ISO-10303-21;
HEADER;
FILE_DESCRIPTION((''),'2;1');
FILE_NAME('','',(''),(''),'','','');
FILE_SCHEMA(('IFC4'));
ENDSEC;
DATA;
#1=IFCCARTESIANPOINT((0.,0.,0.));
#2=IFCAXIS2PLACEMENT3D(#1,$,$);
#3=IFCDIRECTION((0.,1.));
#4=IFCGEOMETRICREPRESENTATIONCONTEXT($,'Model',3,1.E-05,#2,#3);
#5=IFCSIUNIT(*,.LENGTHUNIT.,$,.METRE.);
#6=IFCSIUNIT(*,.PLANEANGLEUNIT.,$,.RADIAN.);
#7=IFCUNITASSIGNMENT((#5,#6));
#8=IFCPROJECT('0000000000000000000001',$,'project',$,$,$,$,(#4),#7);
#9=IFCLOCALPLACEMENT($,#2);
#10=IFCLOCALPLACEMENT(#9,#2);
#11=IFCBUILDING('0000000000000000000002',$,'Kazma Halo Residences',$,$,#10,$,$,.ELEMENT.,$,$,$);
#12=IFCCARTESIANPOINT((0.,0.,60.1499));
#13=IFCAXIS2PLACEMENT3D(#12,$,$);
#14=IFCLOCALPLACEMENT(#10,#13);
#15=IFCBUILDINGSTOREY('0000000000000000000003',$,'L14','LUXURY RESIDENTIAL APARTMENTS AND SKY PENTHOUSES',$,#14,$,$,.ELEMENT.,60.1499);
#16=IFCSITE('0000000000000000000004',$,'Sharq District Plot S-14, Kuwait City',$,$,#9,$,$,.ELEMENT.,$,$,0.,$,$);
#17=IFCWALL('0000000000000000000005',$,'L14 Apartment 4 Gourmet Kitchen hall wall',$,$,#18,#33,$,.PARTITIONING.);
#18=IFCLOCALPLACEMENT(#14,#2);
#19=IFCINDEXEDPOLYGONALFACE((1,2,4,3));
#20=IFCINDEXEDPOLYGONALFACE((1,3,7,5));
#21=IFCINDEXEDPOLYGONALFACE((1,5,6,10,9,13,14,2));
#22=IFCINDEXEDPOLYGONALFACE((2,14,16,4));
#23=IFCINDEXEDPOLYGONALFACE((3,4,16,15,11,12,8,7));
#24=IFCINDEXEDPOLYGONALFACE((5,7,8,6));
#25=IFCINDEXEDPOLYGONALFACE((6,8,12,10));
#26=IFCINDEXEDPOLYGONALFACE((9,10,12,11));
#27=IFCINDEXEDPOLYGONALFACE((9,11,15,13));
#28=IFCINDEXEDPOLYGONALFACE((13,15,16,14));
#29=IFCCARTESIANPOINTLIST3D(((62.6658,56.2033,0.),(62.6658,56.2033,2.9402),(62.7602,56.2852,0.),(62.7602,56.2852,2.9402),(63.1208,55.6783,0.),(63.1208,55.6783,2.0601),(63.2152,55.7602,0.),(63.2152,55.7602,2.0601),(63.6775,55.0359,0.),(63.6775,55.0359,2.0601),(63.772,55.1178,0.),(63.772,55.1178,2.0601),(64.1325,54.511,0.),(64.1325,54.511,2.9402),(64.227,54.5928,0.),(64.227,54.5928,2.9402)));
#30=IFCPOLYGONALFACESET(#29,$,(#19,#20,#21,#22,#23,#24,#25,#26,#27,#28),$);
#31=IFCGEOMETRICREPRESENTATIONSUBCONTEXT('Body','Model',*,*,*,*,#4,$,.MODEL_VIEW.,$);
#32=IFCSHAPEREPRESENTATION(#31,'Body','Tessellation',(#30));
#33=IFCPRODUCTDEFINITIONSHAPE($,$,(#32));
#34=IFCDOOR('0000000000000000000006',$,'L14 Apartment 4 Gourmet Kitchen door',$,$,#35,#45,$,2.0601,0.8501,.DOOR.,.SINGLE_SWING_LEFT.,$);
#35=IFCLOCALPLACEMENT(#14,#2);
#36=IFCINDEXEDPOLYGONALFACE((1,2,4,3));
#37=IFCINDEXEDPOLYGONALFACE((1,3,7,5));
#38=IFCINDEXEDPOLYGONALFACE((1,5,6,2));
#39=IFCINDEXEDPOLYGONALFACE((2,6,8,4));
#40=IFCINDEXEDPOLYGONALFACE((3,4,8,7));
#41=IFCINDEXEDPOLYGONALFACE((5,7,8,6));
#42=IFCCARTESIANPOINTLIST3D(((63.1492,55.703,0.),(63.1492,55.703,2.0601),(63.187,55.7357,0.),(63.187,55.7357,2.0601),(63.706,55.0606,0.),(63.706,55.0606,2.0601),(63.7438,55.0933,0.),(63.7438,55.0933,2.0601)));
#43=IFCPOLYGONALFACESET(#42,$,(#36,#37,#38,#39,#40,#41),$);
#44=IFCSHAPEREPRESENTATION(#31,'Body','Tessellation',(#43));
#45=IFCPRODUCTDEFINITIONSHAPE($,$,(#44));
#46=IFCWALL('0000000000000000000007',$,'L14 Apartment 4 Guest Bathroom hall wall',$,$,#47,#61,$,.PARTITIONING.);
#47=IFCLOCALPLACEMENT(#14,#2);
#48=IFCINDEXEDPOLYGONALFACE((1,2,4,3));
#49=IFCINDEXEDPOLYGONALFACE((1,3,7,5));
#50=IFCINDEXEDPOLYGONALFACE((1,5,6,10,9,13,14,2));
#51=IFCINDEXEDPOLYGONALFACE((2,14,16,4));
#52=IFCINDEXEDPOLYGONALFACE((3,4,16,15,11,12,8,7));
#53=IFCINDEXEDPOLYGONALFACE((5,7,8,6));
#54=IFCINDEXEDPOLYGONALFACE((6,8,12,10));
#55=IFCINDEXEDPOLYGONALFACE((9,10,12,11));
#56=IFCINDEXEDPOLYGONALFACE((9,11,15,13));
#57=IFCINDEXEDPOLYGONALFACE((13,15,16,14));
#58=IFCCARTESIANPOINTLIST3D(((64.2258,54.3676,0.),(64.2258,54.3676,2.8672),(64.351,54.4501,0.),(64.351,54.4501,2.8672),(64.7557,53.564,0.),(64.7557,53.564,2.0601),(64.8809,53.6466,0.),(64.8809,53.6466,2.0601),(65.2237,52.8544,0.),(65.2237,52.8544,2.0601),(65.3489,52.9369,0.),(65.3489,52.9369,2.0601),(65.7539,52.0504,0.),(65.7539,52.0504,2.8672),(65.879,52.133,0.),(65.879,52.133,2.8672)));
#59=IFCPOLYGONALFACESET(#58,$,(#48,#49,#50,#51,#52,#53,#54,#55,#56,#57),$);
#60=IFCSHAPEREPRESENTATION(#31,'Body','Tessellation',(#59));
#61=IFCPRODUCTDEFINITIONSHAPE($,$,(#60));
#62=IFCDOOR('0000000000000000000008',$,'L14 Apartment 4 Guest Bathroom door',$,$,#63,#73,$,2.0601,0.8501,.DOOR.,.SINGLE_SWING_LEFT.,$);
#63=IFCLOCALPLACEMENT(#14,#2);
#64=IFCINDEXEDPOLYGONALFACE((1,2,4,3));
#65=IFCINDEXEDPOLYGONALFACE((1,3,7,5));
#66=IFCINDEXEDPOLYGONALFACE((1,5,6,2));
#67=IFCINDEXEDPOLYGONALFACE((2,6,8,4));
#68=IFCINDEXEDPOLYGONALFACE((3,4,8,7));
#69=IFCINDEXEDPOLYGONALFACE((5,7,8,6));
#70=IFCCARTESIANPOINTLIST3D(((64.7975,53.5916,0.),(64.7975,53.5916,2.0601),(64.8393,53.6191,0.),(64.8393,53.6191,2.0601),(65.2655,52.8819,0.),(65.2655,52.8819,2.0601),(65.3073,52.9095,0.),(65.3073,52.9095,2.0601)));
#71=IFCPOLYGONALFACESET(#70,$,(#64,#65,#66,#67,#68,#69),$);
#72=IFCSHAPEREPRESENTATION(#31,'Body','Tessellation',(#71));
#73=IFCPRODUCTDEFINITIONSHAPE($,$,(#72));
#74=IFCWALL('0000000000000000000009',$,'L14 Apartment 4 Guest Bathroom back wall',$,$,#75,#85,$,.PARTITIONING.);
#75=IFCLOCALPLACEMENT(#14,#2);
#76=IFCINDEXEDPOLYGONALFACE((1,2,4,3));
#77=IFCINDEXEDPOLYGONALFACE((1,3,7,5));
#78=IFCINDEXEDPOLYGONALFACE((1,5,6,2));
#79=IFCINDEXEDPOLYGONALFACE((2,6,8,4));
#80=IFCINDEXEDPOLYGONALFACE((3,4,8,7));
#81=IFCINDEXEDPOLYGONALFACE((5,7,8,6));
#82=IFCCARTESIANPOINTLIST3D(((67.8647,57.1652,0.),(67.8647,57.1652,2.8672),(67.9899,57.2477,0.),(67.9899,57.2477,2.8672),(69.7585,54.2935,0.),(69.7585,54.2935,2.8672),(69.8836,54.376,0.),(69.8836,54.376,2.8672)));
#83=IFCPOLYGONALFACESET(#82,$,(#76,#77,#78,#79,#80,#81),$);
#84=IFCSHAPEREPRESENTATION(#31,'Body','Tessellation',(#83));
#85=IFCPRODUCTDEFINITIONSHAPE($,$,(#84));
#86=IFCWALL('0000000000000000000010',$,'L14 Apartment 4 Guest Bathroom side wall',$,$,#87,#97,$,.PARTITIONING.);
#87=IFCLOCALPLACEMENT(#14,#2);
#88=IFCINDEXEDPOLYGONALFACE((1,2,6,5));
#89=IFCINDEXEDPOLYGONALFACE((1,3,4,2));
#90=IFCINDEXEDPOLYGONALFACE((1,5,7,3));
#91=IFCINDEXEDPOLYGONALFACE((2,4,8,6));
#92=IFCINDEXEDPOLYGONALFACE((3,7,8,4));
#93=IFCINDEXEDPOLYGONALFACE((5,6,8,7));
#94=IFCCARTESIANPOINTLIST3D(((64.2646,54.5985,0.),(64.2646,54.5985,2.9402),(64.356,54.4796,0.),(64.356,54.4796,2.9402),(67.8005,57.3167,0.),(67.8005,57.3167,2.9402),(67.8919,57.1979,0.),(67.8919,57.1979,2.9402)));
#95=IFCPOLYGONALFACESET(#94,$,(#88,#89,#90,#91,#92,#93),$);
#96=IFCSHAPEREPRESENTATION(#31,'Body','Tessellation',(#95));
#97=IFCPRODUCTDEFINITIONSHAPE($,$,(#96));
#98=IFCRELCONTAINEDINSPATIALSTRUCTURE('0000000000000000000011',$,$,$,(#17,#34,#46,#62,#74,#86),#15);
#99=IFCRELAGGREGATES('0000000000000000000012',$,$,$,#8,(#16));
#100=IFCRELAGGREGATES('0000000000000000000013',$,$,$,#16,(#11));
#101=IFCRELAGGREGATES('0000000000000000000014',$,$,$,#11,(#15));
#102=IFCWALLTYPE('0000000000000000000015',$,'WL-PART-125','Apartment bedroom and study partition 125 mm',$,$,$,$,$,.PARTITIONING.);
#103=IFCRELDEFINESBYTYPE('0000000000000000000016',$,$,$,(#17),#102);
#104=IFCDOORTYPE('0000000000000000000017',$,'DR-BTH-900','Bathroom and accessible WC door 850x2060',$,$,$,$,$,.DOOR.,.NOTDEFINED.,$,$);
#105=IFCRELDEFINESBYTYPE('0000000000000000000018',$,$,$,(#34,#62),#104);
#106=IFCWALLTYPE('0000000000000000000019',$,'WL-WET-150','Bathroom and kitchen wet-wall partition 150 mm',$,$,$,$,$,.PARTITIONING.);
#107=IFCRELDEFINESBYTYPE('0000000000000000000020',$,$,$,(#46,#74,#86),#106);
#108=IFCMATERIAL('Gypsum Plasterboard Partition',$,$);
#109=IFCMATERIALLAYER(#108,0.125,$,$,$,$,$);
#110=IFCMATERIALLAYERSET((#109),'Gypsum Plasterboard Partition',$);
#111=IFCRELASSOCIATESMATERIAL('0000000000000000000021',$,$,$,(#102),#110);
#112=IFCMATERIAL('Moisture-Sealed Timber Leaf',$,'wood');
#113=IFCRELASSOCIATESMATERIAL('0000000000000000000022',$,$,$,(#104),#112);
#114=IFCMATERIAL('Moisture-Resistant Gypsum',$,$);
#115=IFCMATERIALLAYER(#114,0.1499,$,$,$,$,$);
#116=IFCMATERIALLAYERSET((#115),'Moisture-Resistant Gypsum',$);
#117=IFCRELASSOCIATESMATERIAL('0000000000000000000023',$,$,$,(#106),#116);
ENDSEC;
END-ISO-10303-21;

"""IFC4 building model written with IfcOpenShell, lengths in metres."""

from ifc_helpers import new_model, si_unit, direction, frame, frame_2d, origin, place, context, subcontext, project, spatial, rectangle, extrude, material, layer, layer_set, type_object, element, fill, save


model = new_model("IFC4")

# Units and contexts
model_context = context("Model", 3, precision=1e-05, world=origin(), true_north=direction((0.0, 1.0)))
body_context = subcontext(model_context, "Body", "Model", "MODEL_VIEW")
ifc_project = project(units=[si_unit("LENGTHUNIT", "METRE"), si_unit("PLANEANGLEUNIT", "RADIAN")], contexts=[model_context])

# Site, building, storey
site_placement = place(None, origin())
site = spatial("IfcSite", under=ifc_project, at=site_placement, Name="Sharq District Plot S-14, Kuwait City", CompositionType="ELEMENT", RefElevation=0.0)
building_placement = place(site_placement, origin())
building = spatial("IfcBuilding", under=site, at=building_placement, Name="Kazma Halo Residences", CompositionType="ELEMENT")
storey_placement = place(building_placement, frame((0.0, 0.0, 60.1499)))
storey = spatial("IfcBuildingStorey", under=building, at=storey_placement, Name="L14", Description="LUXURY RESIDENTIAL APARTMENTS AND SKY PENTHOUSES", CompositionType="ELEMENT", Elevation=60.1499)

# Shared definitions
ifc_material_1 = material(Name="Gypsum Plasterboard Partition")
ifc_layer_1 = layer(ifc_material_1, 0.125)
ifc_layer_set_1 = layer_set([ifc_layer_1], Name="Gypsum Plasterboard Partition")
wall_type_1 = type_object("IfcWallType", Name="WL-PART-125", Description="Apartment bedroom and study partition 125 mm", PredefinedType="PARTITIONING", material=ifc_layer_set_1)

# Walls, openings, doors
ifc_material_2 = material(Name="Moisture-Sealed Timber Leaf", Category="wood")
door_type = type_object("IfcDoorType", Name="DR-BTH-900", Description="Bathroom and accessible WC door 850x2060", OperationType="NOTDEFINED", PredefinedType="DOOR", material=ifc_material_2)
wall_1_placement = place(storey_placement, frame((64.1797, 54.552, 0.0), z_axis=(0.0, 0.0, 1.0), x_axis=(-0.654947, 0.755675, 0.0)))
wall_1 = element("IfcWall", 1, at=wall_1_placement, inside=storey, type_object=wall_type_1, Name="L14 Apartment 4 Gourmet Kitchen hall wall", PredefinedType="PARTITIONING", context=body_context, shape_type="SweptSolid", body=[
    extrude(rectangle(XDim=2.2395, YDim=0.125, at=frame_2d((1.1196, 0.0))), origin(), (0.0, 0.0, 1.0), 2.9402),
])
opening_1_placement = place(wall_1_placement, frame((0.6946, 0.0, 0.0)))
opening_1 = element("IfcOpeningElement", 2, at=opening_1_placement, cuts=wall_1, PredefinedType="OPENING", context=body_context, shape_type="SweptSolid", body=[
    extrude(rectangle(XDim=0.8501, YDim=2.0601, at=frame_2d((0.425, 1.03))), frame((0.0, 0.0725, 0.0), z_axis=(0.0, -1.0, 0.0), x_axis=(1.0, 0.0, 0.0)), (0.0, 0.0, 1.0), 0.145),
])
door_1_placement = place(opening_1_placement, origin())
door_1 = element("IfcDoor", 3, at=door_1_placement, inside=storey, type_object=door_type, Name="L14 Apartment 4 Gourmet Kitchen door", OperationType="SINGLE_SWING_LEFT", OverallHeight=2.0601, OverallWidth=0.8501, PredefinedType="DOOR", context=body_context, shape_type="SweptSolid", body=[
    extrude(rectangle(XDim=0.8501, YDim=2.0601, at=frame_2d((0.425, 1.03))), frame((0.0, 0.0249, 0.0), z_axis=(0.0, -1.0, 0.0), x_axis=(1.0, 0.0, 0.0)), (0.0, 0.0, 1.0), 0.05),
])
fill(opening_1, door_1)
ifc_material_3 = material(Name="Moisture-Resistant Gypsum")
ifc_layer_2 = layer(ifc_material_3, 0.1499)
ifc_layer_set_2 = layer_set([ifc_layer_2], Name="Moisture-Resistant Gypsum")
wall_type_2 = type_object("IfcWallType", Name="WL-WET-150", Description="Bathroom and kitchen wet-wall partition 150 mm", PredefinedType="PARTITIONING", material=ifc_layer_set_2)
wall_2_placement = place(storey_placement, frame((65.8164, 52.0918, 0.0), z_axis=(0.0, 0.0, 1.0), x_axis=(-0.550532, 0.834814, 0.0)))
wall_2 = element("IfcWall", 4, at=wall_2_placement, inside=storey, type_object=wall_type_2, Name="L14 Apartment 4 Guest Bathroom hall wall", PredefinedType="PARTITIONING", context=body_context, shape_type="SweptSolid", body=[
    extrude(rectangle(XDim=2.7756, YDim=0.1499, at=frame_2d((1.3877, 0.0))), origin(), (0.0, 0.0, 1.0), 2.8672),
])
opening_2_placement = place(wall_2_placement, frame((0.9629, 0.0, 0.0)))
opening_2 = element("IfcOpeningElement", 5, at=opening_2_placement, cuts=wall_2, PredefinedType="OPENING", context=body_context, shape_type="SweptSolid", body=[
    extrude(rectangle(XDim=0.8501, YDim=2.0601, at=frame_2d((0.425, 1.03))), frame((0.0, 0.085, 0.0), z_axis=(0.0, -1.0, 0.0), x_axis=(1.0, 0.0, 0.0)), (0.0, 0.0, 1.0), 0.1699),
])
door_2_placement = place(opening_2_placement, origin())
door_2 = element("IfcDoor", 6, at=door_2_placement, inside=storey, type_object=door_type, Name="L14 Apartment 4 Guest Bathroom door", OperationType="SINGLE_SWING_LEFT", OverallHeight=2.0601, OverallWidth=0.8501, PredefinedType="DOOR", context=body_context, shape_type="SweptSolid", body=[
    extrude(rectangle(XDim=0.8501, YDim=2.0601, at=frame_2d((0.425, 1.03))), frame((0.0, 0.0249, 0.0), z_axis=(0.0, -1.0, 0.0), x_axis=(1.0, 0.0, 0.0)), (0.0, 0.0, 1.0), 0.05),
])
fill(opening_2, door_2)

# Walls
wall_3_placement = place(storey_placement, frame((69.821, 54.3347, 0.0), z_axis=(0.0, 0.0, 1.0), x_axis=(-0.550517, 0.834824, 0.0)))
element("IfcWall", 7, at=wall_3_placement, inside=storey, type_object=wall_type_2, Name="L14 Apartment 4 Guest Bathroom back wall", PredefinedType="PARTITIONING", context=body_context, shape_type="SweptSolid", body=[
    extrude(rectangle(XDim=3.4399, YDim=0.1499, at=frame_2d((1.72, 0.0))), origin(), (0.0, 0.0, 1.0), 2.8672),
])
wall_4_placement = place(storey_placement, frame((64.3103, 54.5391, 0.0), z_axis=(0.0, 0.0, 1.0), x_axis=(0.792803, 0.609478, 0.0)))
element("IfcWall", 8, at=wall_4_placement, inside=storey, type_object=wall_type_2, Name="L14 Apartment 4 Guest Bathroom side wall", PredefinedType="PARTITIONING", context=body_context, shape_type="SweptSolid", body=[
    extrude(rectangle(XDim=4.46, YDim=0.1499, at=frame_2d((2.23, 0.0))), origin(), (0.0, 0.0, 1.0), 2.9402),
])

save(model, "model.ifc")
